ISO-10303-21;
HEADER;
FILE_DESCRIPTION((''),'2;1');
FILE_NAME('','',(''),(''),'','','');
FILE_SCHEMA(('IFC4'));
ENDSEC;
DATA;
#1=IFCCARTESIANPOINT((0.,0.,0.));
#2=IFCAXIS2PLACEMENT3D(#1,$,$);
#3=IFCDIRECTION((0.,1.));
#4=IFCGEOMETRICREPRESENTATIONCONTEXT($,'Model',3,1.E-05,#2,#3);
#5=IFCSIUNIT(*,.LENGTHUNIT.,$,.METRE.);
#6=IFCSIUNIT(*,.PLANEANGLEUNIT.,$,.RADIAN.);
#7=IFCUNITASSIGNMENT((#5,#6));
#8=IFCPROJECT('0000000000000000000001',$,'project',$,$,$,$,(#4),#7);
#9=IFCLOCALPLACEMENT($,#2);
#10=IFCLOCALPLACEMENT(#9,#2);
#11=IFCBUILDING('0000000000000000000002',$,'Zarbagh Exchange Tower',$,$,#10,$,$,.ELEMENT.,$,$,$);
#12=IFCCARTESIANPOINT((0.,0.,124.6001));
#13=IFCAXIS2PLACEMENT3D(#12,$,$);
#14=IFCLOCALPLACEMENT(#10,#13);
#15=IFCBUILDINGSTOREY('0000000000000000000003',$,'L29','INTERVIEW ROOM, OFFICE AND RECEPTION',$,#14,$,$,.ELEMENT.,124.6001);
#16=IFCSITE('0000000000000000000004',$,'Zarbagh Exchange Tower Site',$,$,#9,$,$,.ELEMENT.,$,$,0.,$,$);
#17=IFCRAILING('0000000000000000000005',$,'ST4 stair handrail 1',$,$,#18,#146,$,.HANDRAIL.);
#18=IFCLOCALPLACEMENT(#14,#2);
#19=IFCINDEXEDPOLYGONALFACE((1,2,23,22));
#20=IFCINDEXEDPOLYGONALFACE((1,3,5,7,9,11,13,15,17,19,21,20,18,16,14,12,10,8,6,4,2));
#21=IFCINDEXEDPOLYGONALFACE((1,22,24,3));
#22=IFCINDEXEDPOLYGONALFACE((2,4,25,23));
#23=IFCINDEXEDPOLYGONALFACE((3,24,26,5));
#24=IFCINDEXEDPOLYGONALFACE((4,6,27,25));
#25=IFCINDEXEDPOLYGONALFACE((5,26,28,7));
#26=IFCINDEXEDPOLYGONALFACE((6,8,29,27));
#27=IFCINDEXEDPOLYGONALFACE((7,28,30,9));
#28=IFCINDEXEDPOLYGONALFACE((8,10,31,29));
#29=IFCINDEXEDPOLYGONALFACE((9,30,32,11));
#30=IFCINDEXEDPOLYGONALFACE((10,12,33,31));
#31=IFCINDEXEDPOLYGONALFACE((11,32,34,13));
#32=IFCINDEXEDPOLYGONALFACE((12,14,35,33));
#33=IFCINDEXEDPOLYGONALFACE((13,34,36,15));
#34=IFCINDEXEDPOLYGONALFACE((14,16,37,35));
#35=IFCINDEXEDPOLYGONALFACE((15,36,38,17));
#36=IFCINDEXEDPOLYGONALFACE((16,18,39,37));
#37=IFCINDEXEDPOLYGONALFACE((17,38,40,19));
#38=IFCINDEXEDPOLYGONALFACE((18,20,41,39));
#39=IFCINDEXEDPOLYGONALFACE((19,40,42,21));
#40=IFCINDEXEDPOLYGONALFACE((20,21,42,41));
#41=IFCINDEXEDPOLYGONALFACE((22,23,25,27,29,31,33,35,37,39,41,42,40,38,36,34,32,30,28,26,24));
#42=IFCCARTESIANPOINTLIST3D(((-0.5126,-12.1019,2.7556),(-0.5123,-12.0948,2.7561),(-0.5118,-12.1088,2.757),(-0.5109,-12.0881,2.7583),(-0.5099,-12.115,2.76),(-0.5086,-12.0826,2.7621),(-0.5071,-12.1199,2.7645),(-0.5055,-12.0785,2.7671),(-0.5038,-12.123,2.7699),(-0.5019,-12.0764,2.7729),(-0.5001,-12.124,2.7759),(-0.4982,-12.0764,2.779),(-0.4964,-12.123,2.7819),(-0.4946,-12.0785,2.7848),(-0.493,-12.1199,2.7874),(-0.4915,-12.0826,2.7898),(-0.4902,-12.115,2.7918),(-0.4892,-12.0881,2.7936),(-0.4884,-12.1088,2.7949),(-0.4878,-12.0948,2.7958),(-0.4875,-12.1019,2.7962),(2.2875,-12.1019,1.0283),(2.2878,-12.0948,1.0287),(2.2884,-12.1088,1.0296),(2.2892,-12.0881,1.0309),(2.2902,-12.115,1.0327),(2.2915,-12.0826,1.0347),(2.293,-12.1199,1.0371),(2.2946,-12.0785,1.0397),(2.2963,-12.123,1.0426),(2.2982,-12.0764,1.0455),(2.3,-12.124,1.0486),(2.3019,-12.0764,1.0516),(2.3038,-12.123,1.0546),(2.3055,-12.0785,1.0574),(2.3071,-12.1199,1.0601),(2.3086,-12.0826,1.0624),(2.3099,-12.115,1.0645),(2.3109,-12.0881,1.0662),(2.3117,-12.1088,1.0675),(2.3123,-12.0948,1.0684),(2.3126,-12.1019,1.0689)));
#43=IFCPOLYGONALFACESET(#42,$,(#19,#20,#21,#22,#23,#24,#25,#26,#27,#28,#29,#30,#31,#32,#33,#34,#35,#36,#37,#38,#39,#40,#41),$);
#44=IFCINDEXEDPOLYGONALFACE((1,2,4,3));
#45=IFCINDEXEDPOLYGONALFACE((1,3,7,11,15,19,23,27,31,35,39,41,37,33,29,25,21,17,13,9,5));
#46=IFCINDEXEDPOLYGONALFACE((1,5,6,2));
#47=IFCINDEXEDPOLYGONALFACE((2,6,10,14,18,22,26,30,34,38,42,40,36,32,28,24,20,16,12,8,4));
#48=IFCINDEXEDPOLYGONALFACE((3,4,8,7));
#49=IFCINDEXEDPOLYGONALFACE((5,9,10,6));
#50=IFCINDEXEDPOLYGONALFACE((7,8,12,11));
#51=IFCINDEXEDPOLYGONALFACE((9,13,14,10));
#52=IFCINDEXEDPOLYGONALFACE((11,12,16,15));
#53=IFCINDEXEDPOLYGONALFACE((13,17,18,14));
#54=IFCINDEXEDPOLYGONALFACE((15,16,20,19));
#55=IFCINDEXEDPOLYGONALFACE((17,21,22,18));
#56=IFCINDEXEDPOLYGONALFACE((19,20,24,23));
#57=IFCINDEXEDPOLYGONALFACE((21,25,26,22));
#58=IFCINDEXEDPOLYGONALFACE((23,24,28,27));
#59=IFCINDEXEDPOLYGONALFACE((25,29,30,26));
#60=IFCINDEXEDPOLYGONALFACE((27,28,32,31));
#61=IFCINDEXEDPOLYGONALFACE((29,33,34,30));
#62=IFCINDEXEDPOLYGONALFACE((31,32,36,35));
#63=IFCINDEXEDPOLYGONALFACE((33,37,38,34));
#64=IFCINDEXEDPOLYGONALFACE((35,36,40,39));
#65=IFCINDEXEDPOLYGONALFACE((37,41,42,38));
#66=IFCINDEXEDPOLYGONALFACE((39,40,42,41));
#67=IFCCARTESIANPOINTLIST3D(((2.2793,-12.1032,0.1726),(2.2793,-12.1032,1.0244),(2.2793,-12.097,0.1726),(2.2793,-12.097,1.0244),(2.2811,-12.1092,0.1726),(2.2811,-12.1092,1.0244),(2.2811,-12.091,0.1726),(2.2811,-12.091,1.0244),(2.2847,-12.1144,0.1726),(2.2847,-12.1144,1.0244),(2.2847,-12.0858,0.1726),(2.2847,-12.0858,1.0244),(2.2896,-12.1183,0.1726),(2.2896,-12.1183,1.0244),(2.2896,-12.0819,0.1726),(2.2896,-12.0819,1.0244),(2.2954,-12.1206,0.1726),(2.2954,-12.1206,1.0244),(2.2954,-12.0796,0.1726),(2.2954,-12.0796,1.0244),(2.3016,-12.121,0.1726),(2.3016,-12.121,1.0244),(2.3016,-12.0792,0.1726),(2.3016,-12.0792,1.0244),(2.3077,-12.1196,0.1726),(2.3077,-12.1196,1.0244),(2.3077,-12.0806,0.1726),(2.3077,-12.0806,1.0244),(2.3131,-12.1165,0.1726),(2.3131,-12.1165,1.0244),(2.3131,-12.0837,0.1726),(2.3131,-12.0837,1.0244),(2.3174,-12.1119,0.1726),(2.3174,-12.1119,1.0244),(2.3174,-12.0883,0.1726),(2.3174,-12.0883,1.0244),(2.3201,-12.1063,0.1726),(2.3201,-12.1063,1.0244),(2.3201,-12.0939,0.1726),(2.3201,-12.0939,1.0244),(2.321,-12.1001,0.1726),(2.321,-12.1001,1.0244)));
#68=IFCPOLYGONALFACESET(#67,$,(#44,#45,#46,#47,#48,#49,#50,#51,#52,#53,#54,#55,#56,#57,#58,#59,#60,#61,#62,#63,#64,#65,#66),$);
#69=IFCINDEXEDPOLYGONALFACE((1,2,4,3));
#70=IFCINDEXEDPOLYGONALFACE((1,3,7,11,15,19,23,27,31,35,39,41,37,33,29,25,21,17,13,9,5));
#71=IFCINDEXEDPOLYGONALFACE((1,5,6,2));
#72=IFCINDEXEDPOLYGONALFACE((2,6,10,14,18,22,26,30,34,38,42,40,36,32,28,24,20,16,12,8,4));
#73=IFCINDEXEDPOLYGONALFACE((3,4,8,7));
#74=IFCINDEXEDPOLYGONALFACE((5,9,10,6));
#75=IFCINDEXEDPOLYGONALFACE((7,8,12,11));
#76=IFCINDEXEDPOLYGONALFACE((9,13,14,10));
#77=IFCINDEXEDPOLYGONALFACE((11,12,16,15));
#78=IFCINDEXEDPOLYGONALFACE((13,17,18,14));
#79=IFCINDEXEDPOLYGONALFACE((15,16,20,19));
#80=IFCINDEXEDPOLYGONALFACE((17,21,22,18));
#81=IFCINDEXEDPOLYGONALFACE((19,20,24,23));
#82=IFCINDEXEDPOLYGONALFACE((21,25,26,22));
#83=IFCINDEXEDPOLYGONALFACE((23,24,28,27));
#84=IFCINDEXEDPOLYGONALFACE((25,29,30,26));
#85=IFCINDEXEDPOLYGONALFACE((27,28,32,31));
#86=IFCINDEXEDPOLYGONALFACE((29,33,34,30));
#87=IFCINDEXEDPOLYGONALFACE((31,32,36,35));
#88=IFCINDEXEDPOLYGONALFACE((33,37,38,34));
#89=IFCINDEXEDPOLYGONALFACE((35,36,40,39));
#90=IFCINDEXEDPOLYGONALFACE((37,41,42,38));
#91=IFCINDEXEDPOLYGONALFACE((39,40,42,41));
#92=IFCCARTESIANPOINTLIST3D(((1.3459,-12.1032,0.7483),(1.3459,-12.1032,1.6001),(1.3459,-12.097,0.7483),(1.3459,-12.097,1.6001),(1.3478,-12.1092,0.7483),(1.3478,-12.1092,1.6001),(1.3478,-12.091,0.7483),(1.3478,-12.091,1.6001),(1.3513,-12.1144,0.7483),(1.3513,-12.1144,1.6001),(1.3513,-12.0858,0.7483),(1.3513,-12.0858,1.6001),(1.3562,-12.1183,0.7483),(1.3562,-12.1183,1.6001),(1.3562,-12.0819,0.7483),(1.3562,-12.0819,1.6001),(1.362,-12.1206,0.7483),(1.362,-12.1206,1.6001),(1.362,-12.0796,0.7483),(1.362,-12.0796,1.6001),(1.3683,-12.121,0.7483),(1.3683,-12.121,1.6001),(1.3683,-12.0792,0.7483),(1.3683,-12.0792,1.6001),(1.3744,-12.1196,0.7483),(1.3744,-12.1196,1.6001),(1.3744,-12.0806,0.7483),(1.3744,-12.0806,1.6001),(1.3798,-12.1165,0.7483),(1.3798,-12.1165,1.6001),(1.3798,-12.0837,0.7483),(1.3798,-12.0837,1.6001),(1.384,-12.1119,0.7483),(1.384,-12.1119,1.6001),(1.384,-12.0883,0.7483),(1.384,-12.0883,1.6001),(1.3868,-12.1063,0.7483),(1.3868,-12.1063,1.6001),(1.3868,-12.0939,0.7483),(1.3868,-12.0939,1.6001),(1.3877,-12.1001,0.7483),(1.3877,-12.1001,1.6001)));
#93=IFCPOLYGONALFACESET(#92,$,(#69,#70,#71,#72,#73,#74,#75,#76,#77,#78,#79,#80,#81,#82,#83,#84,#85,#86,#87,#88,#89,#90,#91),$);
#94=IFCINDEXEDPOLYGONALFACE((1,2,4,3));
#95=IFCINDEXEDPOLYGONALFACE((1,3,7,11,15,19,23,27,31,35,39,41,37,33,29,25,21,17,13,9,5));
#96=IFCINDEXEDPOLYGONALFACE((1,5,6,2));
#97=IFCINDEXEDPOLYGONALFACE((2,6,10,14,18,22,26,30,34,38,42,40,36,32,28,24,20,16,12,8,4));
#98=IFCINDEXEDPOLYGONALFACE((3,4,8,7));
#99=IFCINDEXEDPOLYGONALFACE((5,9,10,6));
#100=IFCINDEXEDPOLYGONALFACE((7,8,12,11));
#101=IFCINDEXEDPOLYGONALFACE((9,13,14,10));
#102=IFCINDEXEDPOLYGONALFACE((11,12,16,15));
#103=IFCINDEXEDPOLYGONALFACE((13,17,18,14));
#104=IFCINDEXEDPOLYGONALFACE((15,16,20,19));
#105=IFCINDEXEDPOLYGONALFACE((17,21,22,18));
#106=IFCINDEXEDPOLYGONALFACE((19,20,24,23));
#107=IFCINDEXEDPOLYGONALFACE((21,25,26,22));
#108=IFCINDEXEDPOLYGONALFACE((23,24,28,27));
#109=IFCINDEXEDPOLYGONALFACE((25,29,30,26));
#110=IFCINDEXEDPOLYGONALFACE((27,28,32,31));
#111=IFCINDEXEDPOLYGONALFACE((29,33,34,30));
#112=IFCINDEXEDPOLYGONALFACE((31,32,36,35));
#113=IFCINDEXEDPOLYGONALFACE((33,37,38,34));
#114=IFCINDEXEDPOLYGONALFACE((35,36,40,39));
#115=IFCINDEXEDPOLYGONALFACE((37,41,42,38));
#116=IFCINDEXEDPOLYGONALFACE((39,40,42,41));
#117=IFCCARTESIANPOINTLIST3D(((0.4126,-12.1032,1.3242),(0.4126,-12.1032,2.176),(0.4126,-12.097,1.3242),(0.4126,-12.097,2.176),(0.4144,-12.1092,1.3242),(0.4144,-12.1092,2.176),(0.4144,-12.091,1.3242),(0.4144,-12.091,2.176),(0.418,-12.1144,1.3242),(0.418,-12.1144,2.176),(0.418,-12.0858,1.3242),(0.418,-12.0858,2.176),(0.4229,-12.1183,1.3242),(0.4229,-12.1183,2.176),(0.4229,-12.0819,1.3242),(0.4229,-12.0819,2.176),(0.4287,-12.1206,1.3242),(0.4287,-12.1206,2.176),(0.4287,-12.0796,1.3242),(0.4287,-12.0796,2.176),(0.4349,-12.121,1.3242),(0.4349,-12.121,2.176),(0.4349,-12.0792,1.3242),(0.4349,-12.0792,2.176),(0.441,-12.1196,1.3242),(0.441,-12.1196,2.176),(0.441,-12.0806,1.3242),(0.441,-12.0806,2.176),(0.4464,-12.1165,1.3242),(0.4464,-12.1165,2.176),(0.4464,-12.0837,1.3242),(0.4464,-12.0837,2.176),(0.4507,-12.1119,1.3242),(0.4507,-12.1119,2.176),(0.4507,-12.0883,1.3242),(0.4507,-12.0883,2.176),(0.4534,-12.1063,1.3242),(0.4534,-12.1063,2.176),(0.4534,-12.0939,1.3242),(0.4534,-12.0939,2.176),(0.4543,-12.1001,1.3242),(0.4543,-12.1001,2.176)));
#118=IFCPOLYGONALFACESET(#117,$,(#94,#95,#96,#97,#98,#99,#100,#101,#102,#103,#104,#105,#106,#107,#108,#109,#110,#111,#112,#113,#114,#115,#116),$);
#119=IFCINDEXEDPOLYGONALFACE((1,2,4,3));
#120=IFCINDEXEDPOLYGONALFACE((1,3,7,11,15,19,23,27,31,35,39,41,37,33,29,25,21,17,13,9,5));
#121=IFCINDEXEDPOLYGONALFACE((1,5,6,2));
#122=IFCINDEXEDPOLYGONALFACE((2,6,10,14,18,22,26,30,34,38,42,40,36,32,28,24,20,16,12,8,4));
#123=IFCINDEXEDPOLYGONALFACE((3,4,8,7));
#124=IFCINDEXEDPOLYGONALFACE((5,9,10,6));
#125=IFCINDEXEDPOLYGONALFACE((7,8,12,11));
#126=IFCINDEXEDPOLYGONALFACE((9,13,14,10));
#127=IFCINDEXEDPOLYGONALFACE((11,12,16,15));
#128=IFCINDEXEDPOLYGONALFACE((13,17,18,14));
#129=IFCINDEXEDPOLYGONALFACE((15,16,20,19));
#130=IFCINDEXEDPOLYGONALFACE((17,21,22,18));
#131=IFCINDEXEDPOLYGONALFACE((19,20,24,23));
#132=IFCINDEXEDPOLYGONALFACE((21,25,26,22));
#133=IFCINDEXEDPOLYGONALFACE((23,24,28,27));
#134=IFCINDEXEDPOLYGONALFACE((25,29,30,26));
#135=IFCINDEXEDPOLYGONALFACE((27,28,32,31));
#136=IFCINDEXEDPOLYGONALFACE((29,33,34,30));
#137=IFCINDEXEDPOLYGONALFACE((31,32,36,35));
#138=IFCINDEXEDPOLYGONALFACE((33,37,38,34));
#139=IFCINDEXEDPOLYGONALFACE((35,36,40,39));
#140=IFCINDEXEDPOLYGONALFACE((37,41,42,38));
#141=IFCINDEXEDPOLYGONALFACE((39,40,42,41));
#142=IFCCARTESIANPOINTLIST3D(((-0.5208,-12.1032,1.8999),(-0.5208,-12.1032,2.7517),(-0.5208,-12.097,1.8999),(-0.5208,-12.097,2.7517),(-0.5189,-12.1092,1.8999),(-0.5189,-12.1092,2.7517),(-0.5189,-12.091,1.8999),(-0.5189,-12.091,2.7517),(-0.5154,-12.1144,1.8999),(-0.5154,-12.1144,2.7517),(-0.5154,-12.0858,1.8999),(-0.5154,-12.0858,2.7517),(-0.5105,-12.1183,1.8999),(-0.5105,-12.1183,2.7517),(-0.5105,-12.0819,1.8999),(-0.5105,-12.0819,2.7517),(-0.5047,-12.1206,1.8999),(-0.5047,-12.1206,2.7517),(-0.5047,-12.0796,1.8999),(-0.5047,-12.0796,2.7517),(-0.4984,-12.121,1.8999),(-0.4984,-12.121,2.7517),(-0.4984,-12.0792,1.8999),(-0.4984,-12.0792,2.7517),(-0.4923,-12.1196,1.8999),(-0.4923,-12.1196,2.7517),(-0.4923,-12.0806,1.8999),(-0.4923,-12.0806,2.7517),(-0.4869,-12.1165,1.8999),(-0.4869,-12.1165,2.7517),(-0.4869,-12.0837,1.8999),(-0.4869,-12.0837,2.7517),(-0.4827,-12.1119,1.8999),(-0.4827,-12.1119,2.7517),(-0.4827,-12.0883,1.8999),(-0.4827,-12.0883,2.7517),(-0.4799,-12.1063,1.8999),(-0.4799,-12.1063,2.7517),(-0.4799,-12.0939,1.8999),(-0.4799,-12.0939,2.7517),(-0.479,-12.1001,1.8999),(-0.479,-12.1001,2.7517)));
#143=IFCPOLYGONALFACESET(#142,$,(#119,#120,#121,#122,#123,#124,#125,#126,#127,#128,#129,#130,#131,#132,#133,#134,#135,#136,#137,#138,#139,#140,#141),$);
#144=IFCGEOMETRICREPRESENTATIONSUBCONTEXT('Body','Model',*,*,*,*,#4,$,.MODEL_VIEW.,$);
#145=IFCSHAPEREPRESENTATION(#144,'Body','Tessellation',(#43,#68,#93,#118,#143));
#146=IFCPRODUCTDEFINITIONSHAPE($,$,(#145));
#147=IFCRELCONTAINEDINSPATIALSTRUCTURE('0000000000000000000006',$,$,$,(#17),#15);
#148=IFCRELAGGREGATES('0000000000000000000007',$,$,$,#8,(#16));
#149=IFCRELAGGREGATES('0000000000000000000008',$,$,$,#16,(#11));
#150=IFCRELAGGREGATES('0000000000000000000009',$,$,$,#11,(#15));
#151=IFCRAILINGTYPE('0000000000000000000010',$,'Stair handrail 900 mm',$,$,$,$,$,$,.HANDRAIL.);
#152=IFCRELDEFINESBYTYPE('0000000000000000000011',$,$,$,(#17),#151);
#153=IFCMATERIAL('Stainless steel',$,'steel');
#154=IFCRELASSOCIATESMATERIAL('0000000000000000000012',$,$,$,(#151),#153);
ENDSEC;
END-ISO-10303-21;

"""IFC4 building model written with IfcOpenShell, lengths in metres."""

from ifc_helpers import new_model, si_unit, direction, frame, origin, origin_2d, place, context, subcontext, project, spatial, circle, extrude, material, type_object, element, save


model = new_model("IFC4")

# Units and contexts
model_context = context("Model", 3, precision=1e-05, world=origin(), true_north=direction((0.0, 1.0)))
body_context = subcontext(model_context, "Body", "Model", "MODEL_VIEW")
ifc_project = project(units=[si_unit("LENGTHUNIT", "METRE"), si_unit("PLANEANGLEUNIT", "RADIAN")], contexts=[model_context])

# Site, building, storey
site_placement = place(None, origin())
site = spatial("IfcSite", under=ifc_project, at=site_placement, Name="Zarbagh Exchange Tower Site", CompositionType="ELEMENT", RefElevation=0.0)
building_placement = place(site_placement, origin())
building = spatial("IfcBuilding", under=site, at=building_placement, Name="Zarbagh Exchange Tower", CompositionType="ELEMENT")
storey_placement = place(building_placement, frame((0.0, 0.0, 124.6001)))
storey = spatial("IfcBuildingStorey", under=building, at=storey_placement, Name="L29", Description="INTERVIEW ROOM, OFFICE AND RECEPTION", CompositionType="ELEMENT", Elevation=124.6001)

# Railing
ifc_material_1 = material(Name="Stainless steel", Category="steel")
railing_type_1 = type_object("IfcRailingType", Name="Stair handrail 900 mm", PredefinedType="HANDRAIL", material=ifc_material_1)
for number, where, name in (
    (1, (2.3, -12.1001, 0.1726), "ST4 stair handrail 1"),
):
    element("IfcRailing", number, at=place(storey_placement, frame(where)), inside=storey, type_object=railing_type_1, Name=name, PredefinedType="HANDRAIL", context=body_context, shape_type="SweptSolid", body=[
        extrude(circle(Radius=0.0239, at=origin_2d()), frame((0.0, 0.0, 0.876), z_axis=(-0.85109, 0.0, 0.52502), x_axis=(0.0, -1.0, 0.0)), (0.0, 0.0, 1.0), 3.29),
        extrude(circle(Radius=0.021, at=origin_2d()), origin(), (0.0, 0.0, 1.0), 0.8518),
        extrude(circle(Radius=0.021, at=origin_2d()), frame((-0.9333, 0.0, 0.5757)), (0.0, 0.0, 1.0), 0.8518),
        extrude(circle(Radius=0.021, at=origin_2d()), frame((-1.8667, 0.0, 1.1516)), (0.0, 0.0, 1.0), 0.8518),
        extrude(circle(Radius=0.021, at=origin_2d()), frame((-2.8, 0.0, 1.7273)), (0.0, 0.0, 1.0), 0.8518),
    ])

save(model, "model.ifc")
